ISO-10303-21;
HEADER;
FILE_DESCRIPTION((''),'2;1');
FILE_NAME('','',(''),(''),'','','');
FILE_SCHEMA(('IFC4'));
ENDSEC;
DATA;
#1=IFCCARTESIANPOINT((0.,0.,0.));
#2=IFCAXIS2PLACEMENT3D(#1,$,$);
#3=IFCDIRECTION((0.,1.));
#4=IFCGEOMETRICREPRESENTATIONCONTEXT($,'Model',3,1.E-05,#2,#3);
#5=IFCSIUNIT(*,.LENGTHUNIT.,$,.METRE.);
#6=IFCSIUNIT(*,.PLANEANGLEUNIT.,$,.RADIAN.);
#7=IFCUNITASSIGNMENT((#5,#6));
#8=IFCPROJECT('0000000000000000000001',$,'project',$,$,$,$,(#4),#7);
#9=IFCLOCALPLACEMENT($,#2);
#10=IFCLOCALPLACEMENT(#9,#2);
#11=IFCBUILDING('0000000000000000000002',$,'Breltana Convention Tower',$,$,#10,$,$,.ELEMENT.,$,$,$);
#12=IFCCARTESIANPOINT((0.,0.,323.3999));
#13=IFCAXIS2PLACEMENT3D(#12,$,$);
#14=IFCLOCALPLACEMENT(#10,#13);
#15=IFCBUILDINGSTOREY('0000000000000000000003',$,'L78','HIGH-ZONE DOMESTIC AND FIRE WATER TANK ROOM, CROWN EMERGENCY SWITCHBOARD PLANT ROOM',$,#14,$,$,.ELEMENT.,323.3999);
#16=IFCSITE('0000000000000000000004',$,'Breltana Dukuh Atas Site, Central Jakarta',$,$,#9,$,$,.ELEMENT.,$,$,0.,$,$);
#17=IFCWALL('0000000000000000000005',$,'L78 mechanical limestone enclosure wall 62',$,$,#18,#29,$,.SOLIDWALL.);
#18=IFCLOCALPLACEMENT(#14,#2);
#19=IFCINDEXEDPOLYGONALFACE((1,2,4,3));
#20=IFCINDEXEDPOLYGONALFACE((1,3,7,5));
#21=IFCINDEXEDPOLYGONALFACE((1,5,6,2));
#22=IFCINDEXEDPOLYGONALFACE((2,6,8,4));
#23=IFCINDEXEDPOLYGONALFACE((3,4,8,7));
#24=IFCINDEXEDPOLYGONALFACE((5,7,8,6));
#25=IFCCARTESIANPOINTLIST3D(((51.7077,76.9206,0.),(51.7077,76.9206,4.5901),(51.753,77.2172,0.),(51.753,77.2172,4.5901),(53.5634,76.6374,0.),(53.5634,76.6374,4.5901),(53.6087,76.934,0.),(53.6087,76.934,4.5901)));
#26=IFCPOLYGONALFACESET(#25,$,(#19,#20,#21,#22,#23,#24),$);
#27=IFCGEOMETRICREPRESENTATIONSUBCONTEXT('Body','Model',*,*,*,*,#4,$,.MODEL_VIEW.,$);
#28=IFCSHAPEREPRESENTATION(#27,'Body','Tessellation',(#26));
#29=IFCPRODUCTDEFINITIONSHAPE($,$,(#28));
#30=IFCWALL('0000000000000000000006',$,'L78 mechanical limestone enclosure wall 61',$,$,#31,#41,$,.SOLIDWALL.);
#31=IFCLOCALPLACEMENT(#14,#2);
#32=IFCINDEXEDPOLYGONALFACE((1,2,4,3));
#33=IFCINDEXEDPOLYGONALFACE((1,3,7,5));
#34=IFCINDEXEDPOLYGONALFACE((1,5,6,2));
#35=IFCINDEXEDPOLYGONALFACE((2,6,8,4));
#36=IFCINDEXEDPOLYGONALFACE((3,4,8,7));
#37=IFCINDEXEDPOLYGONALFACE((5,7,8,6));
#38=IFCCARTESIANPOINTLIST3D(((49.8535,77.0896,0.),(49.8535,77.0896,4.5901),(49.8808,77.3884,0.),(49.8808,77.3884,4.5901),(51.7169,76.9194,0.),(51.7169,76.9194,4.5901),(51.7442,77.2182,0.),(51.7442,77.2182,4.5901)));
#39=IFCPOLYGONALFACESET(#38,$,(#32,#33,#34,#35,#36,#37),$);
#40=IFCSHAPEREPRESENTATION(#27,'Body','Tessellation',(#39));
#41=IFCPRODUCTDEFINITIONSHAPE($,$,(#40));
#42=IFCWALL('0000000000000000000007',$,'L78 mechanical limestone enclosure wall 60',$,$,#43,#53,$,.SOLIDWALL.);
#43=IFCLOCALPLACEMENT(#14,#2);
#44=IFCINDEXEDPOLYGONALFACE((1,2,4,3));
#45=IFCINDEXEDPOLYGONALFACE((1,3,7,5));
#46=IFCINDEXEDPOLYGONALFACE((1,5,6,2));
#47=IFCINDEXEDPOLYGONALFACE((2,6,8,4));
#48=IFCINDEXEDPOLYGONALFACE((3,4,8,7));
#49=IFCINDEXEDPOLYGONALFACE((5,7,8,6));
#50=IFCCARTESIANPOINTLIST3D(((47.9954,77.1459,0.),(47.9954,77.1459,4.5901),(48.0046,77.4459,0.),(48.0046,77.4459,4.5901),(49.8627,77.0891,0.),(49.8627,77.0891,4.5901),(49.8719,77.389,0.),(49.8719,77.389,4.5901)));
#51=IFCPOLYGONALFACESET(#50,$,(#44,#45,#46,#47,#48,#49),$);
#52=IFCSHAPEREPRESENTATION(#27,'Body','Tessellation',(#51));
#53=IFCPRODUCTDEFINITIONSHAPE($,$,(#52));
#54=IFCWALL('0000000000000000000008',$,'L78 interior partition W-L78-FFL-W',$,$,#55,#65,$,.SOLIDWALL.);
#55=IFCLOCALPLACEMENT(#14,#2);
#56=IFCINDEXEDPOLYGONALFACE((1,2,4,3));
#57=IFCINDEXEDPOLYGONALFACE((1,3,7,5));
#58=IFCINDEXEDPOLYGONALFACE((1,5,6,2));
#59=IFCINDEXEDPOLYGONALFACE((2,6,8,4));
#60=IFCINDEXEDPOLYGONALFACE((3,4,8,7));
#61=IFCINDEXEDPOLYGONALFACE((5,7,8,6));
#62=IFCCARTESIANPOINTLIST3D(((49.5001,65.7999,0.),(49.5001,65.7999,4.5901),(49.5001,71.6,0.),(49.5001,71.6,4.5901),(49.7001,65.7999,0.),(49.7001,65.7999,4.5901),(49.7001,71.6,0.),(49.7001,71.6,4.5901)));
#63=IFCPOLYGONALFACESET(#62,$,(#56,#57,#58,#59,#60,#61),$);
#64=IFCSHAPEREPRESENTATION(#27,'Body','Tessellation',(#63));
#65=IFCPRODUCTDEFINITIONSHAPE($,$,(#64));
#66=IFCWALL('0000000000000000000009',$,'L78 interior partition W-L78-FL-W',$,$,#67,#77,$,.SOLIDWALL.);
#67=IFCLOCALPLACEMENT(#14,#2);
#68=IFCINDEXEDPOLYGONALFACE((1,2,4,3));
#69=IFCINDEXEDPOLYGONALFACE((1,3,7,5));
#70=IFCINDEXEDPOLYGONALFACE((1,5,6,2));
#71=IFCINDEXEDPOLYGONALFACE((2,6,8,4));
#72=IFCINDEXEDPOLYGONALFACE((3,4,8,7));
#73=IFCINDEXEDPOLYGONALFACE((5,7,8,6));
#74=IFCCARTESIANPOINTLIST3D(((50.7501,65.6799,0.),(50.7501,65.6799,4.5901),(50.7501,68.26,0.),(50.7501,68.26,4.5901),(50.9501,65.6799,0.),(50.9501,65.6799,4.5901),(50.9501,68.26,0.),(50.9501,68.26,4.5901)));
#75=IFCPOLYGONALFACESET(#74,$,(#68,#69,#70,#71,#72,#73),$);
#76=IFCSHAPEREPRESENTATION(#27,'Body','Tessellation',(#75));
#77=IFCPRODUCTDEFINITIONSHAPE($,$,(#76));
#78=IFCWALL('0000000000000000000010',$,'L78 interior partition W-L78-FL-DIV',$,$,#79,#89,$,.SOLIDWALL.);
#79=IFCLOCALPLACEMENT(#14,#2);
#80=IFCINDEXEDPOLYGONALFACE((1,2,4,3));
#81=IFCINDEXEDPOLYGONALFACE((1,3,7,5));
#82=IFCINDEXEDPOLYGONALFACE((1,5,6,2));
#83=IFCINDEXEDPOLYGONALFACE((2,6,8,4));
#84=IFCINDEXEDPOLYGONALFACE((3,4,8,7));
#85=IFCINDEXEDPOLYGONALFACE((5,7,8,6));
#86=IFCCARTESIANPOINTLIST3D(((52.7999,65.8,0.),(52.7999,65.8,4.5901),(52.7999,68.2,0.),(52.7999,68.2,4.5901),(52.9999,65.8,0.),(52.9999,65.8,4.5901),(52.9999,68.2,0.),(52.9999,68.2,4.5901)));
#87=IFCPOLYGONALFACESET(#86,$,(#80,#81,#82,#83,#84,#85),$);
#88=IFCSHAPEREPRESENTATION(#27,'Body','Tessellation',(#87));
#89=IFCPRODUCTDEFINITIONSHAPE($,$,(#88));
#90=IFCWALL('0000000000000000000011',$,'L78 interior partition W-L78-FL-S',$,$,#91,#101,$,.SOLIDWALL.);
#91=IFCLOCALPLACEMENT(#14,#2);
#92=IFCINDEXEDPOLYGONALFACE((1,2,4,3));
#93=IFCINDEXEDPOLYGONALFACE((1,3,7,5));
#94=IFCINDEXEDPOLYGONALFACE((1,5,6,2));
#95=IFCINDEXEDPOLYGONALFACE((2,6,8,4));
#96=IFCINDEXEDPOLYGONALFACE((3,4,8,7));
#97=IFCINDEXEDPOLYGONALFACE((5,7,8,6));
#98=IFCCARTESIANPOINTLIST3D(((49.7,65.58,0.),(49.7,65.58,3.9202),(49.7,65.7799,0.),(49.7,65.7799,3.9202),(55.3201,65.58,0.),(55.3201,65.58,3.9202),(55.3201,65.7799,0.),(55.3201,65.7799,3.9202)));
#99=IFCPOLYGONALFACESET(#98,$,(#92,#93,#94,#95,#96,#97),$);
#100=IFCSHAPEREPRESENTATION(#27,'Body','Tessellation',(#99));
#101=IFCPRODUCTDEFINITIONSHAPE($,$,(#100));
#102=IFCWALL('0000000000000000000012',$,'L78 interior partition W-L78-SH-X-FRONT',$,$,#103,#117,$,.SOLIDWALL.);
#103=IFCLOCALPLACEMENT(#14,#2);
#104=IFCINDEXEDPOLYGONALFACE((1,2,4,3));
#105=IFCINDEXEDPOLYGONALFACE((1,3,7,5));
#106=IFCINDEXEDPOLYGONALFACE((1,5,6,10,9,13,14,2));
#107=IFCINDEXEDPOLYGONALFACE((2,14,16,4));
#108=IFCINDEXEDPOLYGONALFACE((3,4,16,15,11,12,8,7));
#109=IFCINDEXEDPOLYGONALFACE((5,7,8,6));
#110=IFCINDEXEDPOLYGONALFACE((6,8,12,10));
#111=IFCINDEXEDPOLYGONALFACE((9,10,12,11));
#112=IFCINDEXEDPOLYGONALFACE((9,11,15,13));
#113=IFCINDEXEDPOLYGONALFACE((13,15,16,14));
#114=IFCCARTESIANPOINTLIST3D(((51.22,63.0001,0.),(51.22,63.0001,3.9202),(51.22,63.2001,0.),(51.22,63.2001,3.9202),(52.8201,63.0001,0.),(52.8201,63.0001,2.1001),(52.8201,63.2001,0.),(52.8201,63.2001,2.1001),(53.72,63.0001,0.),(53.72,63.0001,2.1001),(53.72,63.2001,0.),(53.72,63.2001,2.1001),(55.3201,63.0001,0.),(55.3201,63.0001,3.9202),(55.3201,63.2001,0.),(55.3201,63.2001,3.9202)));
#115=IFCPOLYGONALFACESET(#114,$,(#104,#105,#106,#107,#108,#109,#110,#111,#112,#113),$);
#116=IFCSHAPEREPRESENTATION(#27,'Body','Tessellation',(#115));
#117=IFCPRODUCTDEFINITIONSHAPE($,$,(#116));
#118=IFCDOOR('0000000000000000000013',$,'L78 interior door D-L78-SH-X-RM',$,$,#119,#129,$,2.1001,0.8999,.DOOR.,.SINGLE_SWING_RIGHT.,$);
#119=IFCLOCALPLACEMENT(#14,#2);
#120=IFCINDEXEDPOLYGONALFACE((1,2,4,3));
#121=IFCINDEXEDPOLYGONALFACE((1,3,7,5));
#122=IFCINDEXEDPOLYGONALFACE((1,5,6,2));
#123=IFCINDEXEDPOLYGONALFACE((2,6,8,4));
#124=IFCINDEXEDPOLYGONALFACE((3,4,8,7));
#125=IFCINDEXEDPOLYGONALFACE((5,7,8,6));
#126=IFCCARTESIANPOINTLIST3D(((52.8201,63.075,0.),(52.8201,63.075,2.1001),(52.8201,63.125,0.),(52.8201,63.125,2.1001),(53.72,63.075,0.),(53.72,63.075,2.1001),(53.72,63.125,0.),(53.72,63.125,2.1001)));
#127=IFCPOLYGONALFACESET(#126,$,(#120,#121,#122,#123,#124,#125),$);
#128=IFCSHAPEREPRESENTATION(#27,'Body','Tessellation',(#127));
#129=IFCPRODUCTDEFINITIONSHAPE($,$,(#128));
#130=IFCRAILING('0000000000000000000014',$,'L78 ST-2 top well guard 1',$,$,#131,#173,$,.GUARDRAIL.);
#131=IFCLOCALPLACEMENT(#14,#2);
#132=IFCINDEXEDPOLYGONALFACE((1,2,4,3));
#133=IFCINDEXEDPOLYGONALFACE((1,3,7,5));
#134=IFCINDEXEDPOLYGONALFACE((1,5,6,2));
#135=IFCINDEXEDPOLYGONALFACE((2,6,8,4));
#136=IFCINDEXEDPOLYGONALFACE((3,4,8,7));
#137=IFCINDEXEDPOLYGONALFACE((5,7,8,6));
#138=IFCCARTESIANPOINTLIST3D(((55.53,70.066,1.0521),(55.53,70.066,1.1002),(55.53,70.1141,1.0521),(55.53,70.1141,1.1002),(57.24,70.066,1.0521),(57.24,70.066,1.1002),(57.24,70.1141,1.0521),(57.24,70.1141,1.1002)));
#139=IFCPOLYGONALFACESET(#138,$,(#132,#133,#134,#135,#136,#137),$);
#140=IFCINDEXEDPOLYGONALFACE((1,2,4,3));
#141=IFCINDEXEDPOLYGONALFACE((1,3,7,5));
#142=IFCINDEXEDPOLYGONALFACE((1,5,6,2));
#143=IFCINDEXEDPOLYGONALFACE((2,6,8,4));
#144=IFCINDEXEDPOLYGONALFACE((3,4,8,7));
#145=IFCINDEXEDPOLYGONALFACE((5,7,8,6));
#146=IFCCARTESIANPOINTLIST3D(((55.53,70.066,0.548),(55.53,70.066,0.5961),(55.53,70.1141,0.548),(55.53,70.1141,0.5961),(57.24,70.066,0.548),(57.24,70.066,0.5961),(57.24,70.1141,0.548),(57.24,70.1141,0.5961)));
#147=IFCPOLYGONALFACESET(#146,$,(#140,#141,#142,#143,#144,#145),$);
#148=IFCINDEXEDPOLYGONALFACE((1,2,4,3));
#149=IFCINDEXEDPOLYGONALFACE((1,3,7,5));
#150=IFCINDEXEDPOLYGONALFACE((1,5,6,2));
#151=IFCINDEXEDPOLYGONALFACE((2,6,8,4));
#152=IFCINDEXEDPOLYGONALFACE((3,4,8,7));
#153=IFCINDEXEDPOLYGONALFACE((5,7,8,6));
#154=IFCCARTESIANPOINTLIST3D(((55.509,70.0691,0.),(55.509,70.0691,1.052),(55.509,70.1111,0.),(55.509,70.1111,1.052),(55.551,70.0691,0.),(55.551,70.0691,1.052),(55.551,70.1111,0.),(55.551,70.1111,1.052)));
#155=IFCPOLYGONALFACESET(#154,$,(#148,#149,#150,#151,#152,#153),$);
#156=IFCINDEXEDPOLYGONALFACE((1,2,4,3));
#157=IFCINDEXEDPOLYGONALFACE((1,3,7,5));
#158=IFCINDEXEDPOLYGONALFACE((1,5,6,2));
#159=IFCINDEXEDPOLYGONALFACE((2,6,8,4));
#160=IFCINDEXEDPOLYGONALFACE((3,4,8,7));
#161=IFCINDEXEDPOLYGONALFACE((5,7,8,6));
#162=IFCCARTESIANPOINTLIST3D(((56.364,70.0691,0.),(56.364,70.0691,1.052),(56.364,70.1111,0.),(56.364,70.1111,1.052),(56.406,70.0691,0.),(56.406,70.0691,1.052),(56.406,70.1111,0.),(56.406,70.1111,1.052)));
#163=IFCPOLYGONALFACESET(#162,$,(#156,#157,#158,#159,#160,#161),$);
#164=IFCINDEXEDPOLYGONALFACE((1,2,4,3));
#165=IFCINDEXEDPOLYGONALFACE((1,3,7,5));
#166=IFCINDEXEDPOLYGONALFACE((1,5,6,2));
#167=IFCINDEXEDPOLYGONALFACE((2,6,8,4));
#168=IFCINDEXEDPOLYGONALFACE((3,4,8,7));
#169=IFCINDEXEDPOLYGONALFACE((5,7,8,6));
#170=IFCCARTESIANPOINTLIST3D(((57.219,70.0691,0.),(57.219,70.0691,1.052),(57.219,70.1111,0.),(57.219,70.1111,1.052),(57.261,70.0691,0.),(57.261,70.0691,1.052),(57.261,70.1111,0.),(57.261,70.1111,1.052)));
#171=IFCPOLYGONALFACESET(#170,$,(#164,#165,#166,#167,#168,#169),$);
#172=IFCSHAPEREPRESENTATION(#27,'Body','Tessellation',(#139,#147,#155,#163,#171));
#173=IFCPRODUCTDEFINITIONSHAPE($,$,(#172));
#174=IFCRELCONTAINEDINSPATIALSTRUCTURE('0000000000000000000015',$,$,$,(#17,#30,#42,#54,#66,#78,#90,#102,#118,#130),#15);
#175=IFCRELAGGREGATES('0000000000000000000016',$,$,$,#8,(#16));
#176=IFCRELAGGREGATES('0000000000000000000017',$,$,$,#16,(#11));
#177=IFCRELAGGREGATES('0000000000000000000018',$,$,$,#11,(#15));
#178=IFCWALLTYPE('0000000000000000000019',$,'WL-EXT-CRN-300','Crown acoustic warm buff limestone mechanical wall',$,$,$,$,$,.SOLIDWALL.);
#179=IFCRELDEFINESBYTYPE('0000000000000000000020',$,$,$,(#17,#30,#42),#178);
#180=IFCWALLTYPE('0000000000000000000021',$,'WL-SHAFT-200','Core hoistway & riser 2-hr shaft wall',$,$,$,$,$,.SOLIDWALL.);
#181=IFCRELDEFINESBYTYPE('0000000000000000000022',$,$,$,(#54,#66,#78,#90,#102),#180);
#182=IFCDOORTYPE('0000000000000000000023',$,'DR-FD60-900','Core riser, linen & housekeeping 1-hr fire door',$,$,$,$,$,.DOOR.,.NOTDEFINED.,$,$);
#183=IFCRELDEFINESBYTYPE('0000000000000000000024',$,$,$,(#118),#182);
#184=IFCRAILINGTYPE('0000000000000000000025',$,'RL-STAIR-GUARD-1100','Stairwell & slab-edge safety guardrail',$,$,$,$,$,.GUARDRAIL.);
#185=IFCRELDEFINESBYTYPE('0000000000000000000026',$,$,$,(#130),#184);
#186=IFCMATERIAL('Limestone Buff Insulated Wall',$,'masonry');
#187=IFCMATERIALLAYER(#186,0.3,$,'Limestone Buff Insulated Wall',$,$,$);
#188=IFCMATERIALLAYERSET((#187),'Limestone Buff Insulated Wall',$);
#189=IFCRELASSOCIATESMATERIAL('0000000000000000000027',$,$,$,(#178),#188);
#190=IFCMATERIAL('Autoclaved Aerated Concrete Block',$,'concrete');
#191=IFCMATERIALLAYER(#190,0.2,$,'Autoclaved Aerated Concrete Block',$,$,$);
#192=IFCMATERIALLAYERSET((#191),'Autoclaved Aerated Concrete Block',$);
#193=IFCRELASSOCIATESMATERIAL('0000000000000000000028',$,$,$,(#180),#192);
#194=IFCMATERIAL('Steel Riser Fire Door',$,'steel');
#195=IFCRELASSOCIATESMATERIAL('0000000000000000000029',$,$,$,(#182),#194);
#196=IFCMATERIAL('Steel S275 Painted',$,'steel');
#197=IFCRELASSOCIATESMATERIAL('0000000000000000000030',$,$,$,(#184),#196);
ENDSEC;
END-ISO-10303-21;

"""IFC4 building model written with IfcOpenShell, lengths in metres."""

from ifc_helpers import new_model, si_unit, direction, frame, frame_2d, origin, origin_2d, place, context, subcontext, project, spatial, rectangle, extrude, source, transform, mapped, material, layer, layer_set, type_object, type_shapes, element, fill, save


model = new_model("IFC4")

# Units and contexts
model_context = context("Model", 3, precision=1e-05, world=origin(), true_north=direction((0.0, 1.0)))
body_context = subcontext(model_context, "Body", "Model", "MODEL_VIEW")
ifc_project = project(units=[si_unit("LENGTHUNIT", "METRE"), si_unit("PLANEANGLEUNIT", "RADIAN")], contexts=[model_context])

# Site, building, storey
site_placement = place(None, origin())
site = spatial("IfcSite", under=ifc_project, at=site_placement, Name="Breltana Dukuh Atas Site, Central Jakarta", CompositionType="ELEMENT", RefElevation=0.0)
building_placement = place(site_placement, origin())
building = spatial("IfcBuilding", under=site, at=building_placement, Name="Breltana Convention Tower", CompositionType="ELEMENT")
storey_placement = place(building_placement, frame((0.0, 0.0, 323.3999)))
storey = spatial("IfcBuildingStorey", under=building, at=storey_placement, Name="L78", Description="HIGH-ZONE DOMESTIC AND FIRE WATER TANK ROOM, CROWN EMERGENCY SWITCHBOARD PLANT ROOM", CompositionType="ELEMENT", Elevation=323.3999)

# Walls
ifc_material_1 = material(Name="Limestone Buff Insulated Wall", Category="masonry")
ifc_layer_1 = layer(ifc_material_1, 0.3, Name="Limestone Buff Insulated Wall")
ifc_layer_set_1 = layer_set([ifc_layer_1], Name="Limestone Buff Insulated Wall")
wall_type_1 = type_object("IfcWallType", Name="WL-EXT-CRN-300", Description="Crown acoustic warm buff limestone mechanical wall", PredefinedType="SOLIDWALL", material=ifc_layer_set_1)
shared_shape_1 = source(origin(), body_context, "Body", "SweptSolid", [
    extrude(rectangle(XDim=1.8772, YDim=0.3, at=frame_2d((0.9385, 0.0))), origin(), (0.0, 0.0, 1.0), 4.5901),
])
wall_1_placement = place(storey_placement, frame((51.7305, 77.0688, 0.0), z_axis=(0.0, 0.0, 1.0), x_axis=(0.988554, -0.150865, 0.0)))
element("IfcWall", 1, at=wall_1_placement, inside=storey, type_object=wall_type_1, Name="L78 mechanical limestone enclosure wall 62", PredefinedType="SOLIDWALL", context=body_context, shape_type="MappedRepresentation", body=[
    mapped(shared_shape_1, transform((0.0, 0.0, 0.0), scale=1.0)),
])
shared_shape_2 = source(origin(), body_context, "Body", "SweptSolid", [
    extrude(rectangle(XDim=1.8711, YDim=0.3, at=frame_2d((0.9355, 0.0))), origin(), (0.0, 0.0, 1.0), 4.5901),
])
wall_2_placement = place(storey_placement, frame((49.8672, 77.239, 0.0), z_axis=(0.0, 0.0, 1.0), x_axis=(0.995856, -0.090948, 0.0)))
element("IfcWall", 2, at=wall_2_placement, inside=storey, type_object=wall_type_1, Name="L78 mechanical limestone enclosure wall 61", PredefinedType="SOLIDWALL", context=body_context, shape_type="MappedRepresentation", body=[
    mapped(shared_shape_2, transform((0.0, 0.0, 0.0), scale=1.0)),
])
shared_shape_3 = source(origin(), body_context, "Body", "SweptSolid", [
    extrude(rectangle(XDim=1.8682, YDim=0.3, at=frame_2d((0.9341, 0.0))), origin(), (0.0, 0.0, 1.0), 4.5901),
])
wall_3_placement = place(storey_placement, frame((48.0, 77.2959, 0.0), z_axis=(0.0, 0.0, 1.0), x_axis=(0.999536, -0.030451, 0.0)))
element("IfcWall", 3, at=wall_3_placement, inside=storey, type_object=wall_type_1, Name="L78 mechanical limestone enclosure wall 60", PredefinedType="SOLIDWALL", context=body_context, shape_type="MappedRepresentation", body=[
    mapped(shared_shape_3, transform((0.0, 0.0, 0.0), scale=1.0)),
])

# Shared definitions
ifc_material_2 = material(Name="Autoclaved Aerated Concrete Block", Category="concrete")
ifc_layer_2 = layer(ifc_material_2, 0.2, Name="Autoclaved Aerated Concrete Block")
ifc_layer_set_2 = layer_set([ifc_layer_2], Name="Autoclaved Aerated Concrete Block")
wall_type_2 = type_object("IfcWallType", Name="WL-SHAFT-200", Description="Core hoistway & riser 2-hr shaft wall", PredefinedType="SOLIDWALL", material=ifc_layer_set_2)

# Walls
shared_shape_4 = source(origin(), body_context, "Body", "SweptSolid", [
    extrude(rectangle(XDim=5.8, YDim=0.2, at=frame_2d((2.8999, 0.0))), origin(), (0.0, 0.0, 1.0), 4.5901),
])
wall_4_placement = place(storey_placement, frame((49.6001, 65.8, 0.0), z_axis=(0.0, 0.0, 1.0), x_axis=(0.0, 1.0, 0.0)))
element("IfcWall", 4, at=wall_4_placement, inside=storey, type_object=wall_type_2, Name="L78 interior partition W-L78-FFL-W", PredefinedType="SOLIDWALL", context=body_context, shape_type="MappedRepresentation", body=[
    mapped(shared_shape_4, transform((0.0, 0.0, 0.0), scale=1.0)),
])
shared_shape_5 = source(origin(), body_context, "Body", "SweptSolid", [
    extrude(rectangle(XDim=2.5801, YDim=0.2, at=frame_2d((1.29, 0.0))), origin(), (0.0, 0.0, 1.0), 4.5901),
])
wall_5_placement = place(storey_placement, frame((50.8501, 65.6799, 0.0), z_axis=(0.0, 0.0, 1.0), x_axis=(0.0, 1.0, 0.0)))
element("IfcWall", 5, at=wall_5_placement, inside=storey, type_object=wall_type_2, Name="L78 interior partition W-L78-FL-W", PredefinedType="SOLIDWALL", context=body_context, shape_type="MappedRepresentation", body=[
    mapped(shared_shape_5, transform((0.0, 0.0, 0.0), scale=1.0)),
])
shared_shape_6 = source(origin(), body_context, "Body", "SweptSolid", [
    extrude(rectangle(XDim=2.3999, YDim=0.2, at=frame_2d((1.2, 0.0))), origin(), (0.0, 0.0, 1.0), 4.5901),
])
wall_6_placement = place(storey_placement, frame((52.8999, 65.8, 0.0), z_axis=(0.0, 0.0, 1.0), x_axis=(0.0, 1.0, 0.0)))
element("IfcWall", 6, at=wall_6_placement, inside=storey, type_object=wall_type_2, Name="L78 interior partition W-L78-FL-DIV", PredefinedType="SOLIDWALL", context=body_context, shape_type="MappedRepresentation", body=[
    mapped(shared_shape_6, transform((0.0, 0.0, 0.0), scale=1.0)),
])
shared_shape_7 = source(origin(), body_context, "Body", "SweptSolid", [
    extrude(rectangle(XDim=5.6201, YDim=0.2, at=frame_2d((2.8101, 0.0))), origin(), (0.0, 0.0, 1.0), 3.9202),
])
wall_7_placement = place(storey_placement, frame((49.7, 65.6799, 0.0), z_axis=(0.0, 0.0, 1.0), x_axis=(1.0, 0.0, 0.0)))
element("IfcWall", 7, at=wall_7_placement, inside=storey, type_object=wall_type_2, Name="L78 interior partition W-L78-FL-S", PredefinedType="SOLIDWALL", context=body_context, shape_type="MappedRepresentation", body=[
    mapped(shared_shape_7, transform((0.0, 0.0, 0.0), scale=1.0)),
])

# Wall, opening, door
shared_shape_8 = source(origin(), body_context, "Body", "SweptSolid", [
    extrude(rectangle(XDim=4.1001, YDim=0.2, at=frame_2d((2.05, 0.0))), origin(), (0.0, 0.0, 1.0), 3.9202),
])
wall_8_placement = place(storey_placement, frame((51.22, 63.1001, 0.0), z_axis=(0.0, 0.0, 1.0), x_axis=(1.0, 0.0, 0.0)))
wall_8 = element("IfcWall", 8, at=wall_8_placement, inside=storey, type_object=wall_type_2, Name="L78 interior partition W-L78-SH-X-FRONT", PredefinedType="SOLIDWALL", context=body_context, shape_type="MappedRepresentation", body=[
    mapped(shared_shape_8, transform((0.0, 0.0, 0.0), scale=1.0)),
])
opening_1_placement = place(wall_8_placement, frame((1.6001, 0.0, 0.0)))
opening_1 = element("IfcOpeningElement", 9, at=opening_1_placement, cuts=wall_8, PredefinedType="OPENING", context=body_context, shape_type="SweptSolid", body=[
    extrude(rectangle(XDim=0.8999, YDim=2.1001, at=frame_2d((0.45, 1.05))), frame((0.0, 0.1099, 0.0), z_axis=(0.0, -1.0, 0.0), x_axis=(1.0, 0.0, 0.0)), (0.0, 0.0, 1.0), 0.22),
])
ifc_material_3 = material(Name="Steel Riser Fire Door", Category="steel")
door_type_1 = type_object("IfcDoorType", Name="DR-FD60-900", Description="Core riser, linen & housekeeping 1-hr fire door", OperationType="NOTDEFINED", PredefinedType="DOOR", material=ifc_material_3)
shared_shape_9 = source(origin(), body_context, "Body", "SweptSolid", [
    extrude(rectangle(XDim=0.8999, YDim=2.1001, at=frame_2d((0.45, 1.05))), frame((0.0, 0.0249, 0.0), z_axis=(0.0, -1.0, 0.0), x_axis=(1.0, 0.0, 0.0)), (0.0, 0.0, 1.0), 0.05),
])
type_shapes(door_type_1, [shared_shape_9])
door_1_placement = place(opening_1_placement, origin())
door_1 = element("IfcDoor", 10, at=door_1_placement, inside=storey, type_object=door_type_1, Name="L78 interior door D-L78-SH-X-RM", OperationType="SINGLE_SWING_RIGHT", OverallHeight=2.1001, OverallWidth=0.8999, PredefinedType="DOOR", context=body_context, shape_type="MappedRepresentation", body=[
    mapped(shared_shape_9, transform((0.0, 0.0, 0.0), scale=1.0)),
])
fill(opening_1, door_1)

# Railing
ifc_material_4 = material(Name="Steel S275 Painted", Category="steel")
railing_type = type_object("IfcRailingType", Name="RL-STAIR-GUARD-1100", Description="Stairwell & slab-edge safety guardrail", PredefinedType="GUARDRAIL", material=ifc_material_4)
railing_placement = place(storey_placement, frame((55.53, 70.0901, 0.0)))
element("IfcRailing", 11, at=railing_placement, inside=storey, type_object=railing_type, Name="L78 ST-2 top well guard 1", PredefinedType="GUARDRAIL", context=body_context, shape_type="SweptSolid", body=[
    extrude(rectangle(XDim=0.0481, YDim=0.0481, at=origin_2d()), frame((0.0, 0.0, 1.0762), z_axis=(1.0, 0.0, 0.0), x_axis=(0.0, 1.0, 0.0)), (0.0, 0.0, 1.0), 1.71),
    extrude(rectangle(XDim=0.0481, YDim=0.0481, at=origin_2d()), frame((0.0, 0.0, 0.572), z_axis=(1.0, 0.0, 0.0), x_axis=(0.0, 1.0, 0.0)), (0.0, 0.0, 1.0), 1.71),
    extrude(rectangle(XDim=0.042, YDim=0.042, at=origin_2d()), origin(), (0.0, 0.0, 1.0), 1.052),
    extrude(rectangle(XDim=0.042, YDim=0.042, at=origin_2d()), frame((0.855, 0.0, 0.0)), (0.0, 0.0, 1.0), 1.052),
    extrude(rectangle(XDim=0.042, YDim=0.042, at=origin_2d()), frame((1.71, 0.0, 0.0)), (0.0, 0.0, 1.0), 1.052),
])

save(model, "model.ifc")
